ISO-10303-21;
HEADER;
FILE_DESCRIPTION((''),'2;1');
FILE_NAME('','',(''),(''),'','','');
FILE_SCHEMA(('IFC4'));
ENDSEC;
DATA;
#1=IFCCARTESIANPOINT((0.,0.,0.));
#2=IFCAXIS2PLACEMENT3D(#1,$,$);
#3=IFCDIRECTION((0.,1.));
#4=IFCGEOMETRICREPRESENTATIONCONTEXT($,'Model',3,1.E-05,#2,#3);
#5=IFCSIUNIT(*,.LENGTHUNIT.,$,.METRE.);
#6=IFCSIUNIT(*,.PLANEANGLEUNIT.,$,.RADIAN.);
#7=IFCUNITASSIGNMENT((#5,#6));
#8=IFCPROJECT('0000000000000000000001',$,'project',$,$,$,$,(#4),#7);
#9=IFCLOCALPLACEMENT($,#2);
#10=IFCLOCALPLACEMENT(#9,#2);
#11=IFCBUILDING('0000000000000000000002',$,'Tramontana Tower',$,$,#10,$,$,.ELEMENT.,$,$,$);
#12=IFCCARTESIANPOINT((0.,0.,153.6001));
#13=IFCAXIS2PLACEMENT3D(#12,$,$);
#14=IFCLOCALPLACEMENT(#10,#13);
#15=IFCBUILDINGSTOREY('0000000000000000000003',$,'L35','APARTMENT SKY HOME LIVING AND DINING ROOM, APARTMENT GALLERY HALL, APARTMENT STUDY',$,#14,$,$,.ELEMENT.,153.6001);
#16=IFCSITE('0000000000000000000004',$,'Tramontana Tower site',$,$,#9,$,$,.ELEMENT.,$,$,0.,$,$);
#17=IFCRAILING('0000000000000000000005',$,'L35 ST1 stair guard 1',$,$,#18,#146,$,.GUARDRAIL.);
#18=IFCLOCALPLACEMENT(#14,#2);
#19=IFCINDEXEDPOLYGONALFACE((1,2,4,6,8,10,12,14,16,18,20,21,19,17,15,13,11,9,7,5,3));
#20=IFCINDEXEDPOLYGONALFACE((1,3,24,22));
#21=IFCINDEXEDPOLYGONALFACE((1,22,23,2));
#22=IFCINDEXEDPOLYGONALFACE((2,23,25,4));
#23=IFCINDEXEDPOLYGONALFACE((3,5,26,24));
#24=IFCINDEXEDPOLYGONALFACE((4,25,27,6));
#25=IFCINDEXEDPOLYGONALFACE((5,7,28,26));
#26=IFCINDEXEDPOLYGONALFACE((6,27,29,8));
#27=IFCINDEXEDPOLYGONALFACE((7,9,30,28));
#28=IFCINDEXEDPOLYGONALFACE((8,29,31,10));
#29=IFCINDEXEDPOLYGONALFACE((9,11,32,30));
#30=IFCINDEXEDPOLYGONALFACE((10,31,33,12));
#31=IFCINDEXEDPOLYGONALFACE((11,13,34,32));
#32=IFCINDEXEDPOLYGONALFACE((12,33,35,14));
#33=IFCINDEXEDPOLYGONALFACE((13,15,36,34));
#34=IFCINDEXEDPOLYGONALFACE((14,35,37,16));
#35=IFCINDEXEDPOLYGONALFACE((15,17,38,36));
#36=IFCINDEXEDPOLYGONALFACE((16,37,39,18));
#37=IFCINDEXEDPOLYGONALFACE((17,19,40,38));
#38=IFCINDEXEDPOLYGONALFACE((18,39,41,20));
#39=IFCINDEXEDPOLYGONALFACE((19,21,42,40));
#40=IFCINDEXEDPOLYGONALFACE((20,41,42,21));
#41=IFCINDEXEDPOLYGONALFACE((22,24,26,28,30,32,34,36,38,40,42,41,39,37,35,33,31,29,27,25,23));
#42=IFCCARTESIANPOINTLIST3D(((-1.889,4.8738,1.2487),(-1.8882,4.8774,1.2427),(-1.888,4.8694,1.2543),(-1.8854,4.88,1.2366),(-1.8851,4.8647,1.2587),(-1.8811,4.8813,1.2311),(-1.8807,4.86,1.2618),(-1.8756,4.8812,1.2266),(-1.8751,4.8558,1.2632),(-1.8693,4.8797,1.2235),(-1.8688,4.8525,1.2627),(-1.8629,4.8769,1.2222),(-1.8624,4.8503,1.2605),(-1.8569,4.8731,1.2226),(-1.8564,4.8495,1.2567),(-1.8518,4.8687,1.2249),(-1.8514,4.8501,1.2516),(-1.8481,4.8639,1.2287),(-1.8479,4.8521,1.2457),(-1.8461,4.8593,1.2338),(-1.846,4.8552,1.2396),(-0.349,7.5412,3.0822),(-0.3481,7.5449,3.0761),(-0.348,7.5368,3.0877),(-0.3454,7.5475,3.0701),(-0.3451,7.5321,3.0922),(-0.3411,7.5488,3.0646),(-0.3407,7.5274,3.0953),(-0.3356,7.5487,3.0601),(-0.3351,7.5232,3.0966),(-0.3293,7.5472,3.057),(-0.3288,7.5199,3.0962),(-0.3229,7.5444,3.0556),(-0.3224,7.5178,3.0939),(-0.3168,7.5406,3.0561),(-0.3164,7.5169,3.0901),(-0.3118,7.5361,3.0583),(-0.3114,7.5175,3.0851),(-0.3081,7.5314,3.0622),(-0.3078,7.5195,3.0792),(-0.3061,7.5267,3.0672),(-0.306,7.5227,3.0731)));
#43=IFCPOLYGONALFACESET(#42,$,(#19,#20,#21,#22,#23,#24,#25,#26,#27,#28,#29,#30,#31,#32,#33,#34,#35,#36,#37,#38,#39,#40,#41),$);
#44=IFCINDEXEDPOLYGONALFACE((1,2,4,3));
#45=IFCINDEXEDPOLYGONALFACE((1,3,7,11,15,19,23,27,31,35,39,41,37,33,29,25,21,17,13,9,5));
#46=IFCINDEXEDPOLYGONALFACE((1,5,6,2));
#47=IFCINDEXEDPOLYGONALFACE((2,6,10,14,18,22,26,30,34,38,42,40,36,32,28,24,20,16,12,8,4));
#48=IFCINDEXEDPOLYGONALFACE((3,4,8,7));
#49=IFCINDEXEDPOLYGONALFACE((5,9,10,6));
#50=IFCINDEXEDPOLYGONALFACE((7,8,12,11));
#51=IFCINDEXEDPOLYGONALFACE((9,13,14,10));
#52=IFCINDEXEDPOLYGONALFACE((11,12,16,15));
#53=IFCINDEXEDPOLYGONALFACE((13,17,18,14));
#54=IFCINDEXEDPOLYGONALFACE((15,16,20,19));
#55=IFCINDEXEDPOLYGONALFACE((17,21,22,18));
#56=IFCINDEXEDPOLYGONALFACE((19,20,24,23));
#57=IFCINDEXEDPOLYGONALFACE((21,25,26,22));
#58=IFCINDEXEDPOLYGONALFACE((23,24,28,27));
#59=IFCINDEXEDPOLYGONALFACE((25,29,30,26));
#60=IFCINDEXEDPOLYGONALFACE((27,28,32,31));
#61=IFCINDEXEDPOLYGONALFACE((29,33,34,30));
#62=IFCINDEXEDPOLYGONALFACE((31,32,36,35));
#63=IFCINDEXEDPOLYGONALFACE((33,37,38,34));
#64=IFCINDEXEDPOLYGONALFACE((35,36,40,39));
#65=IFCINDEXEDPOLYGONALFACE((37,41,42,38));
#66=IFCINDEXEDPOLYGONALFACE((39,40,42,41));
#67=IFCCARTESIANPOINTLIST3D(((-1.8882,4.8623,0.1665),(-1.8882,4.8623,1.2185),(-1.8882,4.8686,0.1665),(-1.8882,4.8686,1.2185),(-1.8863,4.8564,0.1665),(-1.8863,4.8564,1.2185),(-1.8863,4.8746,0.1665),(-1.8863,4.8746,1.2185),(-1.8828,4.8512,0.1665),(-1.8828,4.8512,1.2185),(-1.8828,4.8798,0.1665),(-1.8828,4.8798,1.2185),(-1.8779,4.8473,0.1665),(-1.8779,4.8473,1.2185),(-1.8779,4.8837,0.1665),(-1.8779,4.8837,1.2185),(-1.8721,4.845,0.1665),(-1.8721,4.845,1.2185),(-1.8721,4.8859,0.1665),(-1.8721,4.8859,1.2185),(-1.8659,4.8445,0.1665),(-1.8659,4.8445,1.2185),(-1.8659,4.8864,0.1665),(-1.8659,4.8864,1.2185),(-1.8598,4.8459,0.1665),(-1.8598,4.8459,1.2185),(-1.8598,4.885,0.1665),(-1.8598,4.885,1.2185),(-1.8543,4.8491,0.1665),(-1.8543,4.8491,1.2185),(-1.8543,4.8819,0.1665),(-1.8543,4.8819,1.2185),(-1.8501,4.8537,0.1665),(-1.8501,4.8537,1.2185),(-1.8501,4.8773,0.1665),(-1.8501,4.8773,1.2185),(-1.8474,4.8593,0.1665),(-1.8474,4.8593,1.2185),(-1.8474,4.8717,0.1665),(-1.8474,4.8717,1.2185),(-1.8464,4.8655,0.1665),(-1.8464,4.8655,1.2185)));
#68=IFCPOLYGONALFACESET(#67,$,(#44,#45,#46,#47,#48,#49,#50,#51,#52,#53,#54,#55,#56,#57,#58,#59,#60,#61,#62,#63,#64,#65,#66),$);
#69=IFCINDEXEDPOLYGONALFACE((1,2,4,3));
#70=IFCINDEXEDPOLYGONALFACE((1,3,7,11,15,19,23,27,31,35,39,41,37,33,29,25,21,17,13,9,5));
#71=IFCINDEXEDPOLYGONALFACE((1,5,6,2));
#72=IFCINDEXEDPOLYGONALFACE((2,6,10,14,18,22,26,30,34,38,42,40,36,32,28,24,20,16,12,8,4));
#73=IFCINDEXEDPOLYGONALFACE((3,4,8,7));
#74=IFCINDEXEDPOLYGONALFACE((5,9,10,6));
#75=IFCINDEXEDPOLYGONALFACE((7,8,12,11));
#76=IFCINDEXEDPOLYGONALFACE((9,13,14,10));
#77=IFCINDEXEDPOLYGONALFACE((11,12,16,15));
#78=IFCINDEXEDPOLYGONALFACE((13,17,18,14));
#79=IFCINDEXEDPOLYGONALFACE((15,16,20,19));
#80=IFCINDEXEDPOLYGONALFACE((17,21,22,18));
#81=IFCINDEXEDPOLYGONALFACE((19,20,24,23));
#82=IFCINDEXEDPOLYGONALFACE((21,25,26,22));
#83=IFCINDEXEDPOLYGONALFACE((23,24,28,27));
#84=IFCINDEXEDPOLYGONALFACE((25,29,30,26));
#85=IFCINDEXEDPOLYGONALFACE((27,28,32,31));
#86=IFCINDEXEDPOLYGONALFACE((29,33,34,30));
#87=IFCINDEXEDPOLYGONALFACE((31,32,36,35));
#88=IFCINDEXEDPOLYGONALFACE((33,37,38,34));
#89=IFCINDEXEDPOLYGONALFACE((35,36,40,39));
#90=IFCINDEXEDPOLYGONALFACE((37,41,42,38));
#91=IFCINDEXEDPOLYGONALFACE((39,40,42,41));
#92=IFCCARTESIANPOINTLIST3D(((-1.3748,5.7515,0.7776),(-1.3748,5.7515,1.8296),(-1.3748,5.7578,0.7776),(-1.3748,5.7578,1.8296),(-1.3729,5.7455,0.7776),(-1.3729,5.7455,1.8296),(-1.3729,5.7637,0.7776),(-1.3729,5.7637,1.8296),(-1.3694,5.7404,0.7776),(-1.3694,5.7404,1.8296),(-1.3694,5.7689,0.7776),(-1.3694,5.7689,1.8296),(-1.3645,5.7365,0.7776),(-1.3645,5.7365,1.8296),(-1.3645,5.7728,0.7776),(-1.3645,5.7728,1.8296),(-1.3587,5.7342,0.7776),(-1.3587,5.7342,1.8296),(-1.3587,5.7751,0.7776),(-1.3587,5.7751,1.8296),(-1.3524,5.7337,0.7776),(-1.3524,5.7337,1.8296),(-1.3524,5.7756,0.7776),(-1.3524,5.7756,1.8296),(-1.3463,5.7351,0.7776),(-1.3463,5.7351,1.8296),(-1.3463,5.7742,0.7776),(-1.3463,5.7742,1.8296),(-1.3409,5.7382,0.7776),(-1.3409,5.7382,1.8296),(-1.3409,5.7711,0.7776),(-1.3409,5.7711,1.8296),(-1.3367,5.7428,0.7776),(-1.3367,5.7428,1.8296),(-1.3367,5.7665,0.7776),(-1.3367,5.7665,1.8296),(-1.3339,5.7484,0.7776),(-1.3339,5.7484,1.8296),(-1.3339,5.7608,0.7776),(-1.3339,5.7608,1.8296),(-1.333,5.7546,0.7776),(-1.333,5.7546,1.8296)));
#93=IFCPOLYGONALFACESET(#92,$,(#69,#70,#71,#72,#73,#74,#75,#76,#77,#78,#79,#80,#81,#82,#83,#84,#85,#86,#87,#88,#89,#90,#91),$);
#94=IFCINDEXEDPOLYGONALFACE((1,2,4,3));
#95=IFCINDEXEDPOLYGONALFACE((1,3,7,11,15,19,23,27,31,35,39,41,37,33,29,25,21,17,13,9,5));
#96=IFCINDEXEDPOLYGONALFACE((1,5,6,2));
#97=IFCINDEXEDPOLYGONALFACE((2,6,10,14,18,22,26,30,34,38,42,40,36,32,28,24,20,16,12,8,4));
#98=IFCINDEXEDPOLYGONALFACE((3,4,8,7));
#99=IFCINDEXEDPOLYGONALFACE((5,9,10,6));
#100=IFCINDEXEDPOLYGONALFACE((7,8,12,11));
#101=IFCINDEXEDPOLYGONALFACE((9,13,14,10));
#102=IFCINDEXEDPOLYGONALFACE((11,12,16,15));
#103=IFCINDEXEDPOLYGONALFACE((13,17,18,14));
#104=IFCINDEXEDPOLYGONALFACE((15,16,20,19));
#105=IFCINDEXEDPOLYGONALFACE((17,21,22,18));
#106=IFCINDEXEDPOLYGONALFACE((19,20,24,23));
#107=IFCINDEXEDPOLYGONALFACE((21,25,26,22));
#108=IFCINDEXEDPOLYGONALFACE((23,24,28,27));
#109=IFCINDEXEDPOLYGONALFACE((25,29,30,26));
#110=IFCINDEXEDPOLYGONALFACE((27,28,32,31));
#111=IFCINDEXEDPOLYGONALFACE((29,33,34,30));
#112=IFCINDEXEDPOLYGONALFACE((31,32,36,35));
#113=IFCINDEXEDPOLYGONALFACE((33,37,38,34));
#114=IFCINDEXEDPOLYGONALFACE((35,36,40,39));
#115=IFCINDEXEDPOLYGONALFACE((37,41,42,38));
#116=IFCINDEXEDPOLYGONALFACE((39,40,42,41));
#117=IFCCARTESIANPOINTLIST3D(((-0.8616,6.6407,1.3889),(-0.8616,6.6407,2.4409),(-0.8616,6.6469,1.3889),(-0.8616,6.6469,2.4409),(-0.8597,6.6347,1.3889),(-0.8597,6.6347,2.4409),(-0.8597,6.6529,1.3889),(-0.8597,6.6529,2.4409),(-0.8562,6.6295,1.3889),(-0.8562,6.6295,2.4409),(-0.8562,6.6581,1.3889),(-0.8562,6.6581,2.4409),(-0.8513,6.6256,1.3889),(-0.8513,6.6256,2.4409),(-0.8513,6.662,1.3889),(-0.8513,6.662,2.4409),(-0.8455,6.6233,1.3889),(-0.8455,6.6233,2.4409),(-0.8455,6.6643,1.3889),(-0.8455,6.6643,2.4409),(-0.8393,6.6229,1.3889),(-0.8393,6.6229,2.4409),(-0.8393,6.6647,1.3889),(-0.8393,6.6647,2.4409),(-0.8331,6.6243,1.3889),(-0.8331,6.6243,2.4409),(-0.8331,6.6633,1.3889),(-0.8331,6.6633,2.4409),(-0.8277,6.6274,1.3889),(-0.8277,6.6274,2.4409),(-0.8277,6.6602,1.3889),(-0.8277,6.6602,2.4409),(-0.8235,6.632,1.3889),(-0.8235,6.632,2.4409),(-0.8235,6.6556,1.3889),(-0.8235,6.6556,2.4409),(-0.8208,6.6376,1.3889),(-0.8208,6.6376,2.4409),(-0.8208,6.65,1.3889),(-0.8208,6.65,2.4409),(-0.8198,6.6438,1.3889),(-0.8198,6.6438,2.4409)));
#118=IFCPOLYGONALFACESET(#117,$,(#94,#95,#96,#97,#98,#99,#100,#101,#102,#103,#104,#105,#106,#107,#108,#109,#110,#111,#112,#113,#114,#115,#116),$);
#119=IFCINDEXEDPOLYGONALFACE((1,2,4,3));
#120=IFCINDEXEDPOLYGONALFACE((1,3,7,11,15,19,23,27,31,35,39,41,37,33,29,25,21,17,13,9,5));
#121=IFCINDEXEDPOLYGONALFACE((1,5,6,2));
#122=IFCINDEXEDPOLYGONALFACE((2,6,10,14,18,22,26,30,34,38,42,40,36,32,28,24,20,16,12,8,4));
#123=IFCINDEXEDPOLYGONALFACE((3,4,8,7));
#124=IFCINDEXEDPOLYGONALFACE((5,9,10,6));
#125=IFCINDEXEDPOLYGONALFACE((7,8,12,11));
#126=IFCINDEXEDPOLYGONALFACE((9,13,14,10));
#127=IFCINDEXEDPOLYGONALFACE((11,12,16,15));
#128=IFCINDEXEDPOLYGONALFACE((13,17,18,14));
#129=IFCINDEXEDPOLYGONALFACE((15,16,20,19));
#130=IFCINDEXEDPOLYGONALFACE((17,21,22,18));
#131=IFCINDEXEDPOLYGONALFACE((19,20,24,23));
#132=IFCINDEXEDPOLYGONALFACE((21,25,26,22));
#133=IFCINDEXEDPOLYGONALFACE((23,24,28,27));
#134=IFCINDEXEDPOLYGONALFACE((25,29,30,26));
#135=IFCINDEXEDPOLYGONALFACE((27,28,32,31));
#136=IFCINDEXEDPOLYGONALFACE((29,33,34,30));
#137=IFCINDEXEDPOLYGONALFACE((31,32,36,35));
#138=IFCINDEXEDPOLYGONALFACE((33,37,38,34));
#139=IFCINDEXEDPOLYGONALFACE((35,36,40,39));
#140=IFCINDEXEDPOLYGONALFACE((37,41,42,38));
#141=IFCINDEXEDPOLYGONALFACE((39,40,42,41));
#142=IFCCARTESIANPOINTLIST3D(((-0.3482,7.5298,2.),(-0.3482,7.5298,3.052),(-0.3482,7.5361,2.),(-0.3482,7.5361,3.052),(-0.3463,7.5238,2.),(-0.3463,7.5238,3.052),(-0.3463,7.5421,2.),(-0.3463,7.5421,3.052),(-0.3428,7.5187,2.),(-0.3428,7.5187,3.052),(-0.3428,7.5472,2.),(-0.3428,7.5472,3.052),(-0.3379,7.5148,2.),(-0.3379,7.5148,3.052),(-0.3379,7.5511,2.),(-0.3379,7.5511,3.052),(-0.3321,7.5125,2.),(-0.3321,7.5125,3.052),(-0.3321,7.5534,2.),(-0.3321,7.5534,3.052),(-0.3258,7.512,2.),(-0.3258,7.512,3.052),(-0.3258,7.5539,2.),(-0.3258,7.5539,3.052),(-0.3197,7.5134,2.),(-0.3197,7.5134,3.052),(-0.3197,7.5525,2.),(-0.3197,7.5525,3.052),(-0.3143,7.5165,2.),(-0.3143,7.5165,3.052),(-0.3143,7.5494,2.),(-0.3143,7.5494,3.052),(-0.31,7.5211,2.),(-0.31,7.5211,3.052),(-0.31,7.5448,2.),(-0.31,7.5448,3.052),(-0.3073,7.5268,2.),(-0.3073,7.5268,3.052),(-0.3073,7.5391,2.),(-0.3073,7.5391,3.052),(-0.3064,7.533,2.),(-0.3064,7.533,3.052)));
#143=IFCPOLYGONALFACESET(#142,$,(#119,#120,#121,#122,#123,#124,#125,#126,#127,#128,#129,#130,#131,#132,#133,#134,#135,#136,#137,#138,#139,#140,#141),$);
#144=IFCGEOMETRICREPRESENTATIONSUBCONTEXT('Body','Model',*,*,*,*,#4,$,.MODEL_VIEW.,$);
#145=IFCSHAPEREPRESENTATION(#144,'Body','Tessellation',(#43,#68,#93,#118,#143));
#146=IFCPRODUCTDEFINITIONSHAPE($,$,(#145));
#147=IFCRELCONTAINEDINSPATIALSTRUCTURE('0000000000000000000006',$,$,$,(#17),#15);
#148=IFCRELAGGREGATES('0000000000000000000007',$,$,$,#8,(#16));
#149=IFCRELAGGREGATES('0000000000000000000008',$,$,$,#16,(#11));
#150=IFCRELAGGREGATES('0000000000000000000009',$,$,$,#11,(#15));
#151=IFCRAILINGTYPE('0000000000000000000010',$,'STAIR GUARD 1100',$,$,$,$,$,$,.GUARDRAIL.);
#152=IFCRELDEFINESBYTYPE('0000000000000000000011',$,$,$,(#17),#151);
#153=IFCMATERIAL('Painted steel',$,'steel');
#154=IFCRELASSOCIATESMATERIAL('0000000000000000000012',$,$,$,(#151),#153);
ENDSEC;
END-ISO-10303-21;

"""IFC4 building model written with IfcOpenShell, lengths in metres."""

from ifc_helpers import new_model, si_unit, direction, frame, origin, origin_2d, place, context, subcontext, project, spatial, circle, extrude, material, type_object, element, save


model = new_model("IFC4")

# Units and contexts
model_context = context("Model", 3, precision=1e-05, world=origin(), true_north=direction((0.0, 1.0)))
body_context = subcontext(model_context, "Body", "Model", "MODEL_VIEW")
ifc_project = project(units=[si_unit("LENGTHUNIT", "METRE"), si_unit("PLANEANGLEUNIT", "RADIAN")], contexts=[model_context])

# Site, building, storey
site_placement = place(None, origin())
site = spatial("IfcSite", under=ifc_project, at=site_placement, Name="Tramontana Tower site", CompositionType="ELEMENT", RefElevation=0.0)
building_placement = place(site_placement, origin())
building = spatial("IfcBuilding", under=site, at=building_placement, Name="Tramontana Tower", CompositionType="ELEMENT")
storey_placement = place(building_placement, frame((0.0, 0.0, 153.6001)))
storey = spatial("IfcBuildingStorey", under=building, at=storey_placement, Name="L35", Description="APARTMENT SKY HOME LIVING AND DINING ROOM, APARTMENT GALLERY HALL, APARTMENT STUDY", CompositionType="ELEMENT", Elevation=153.6001)

# Railing
ifc_material_1 = material(Name="Painted steel", Category="steel")
railing_type_1 = type_object("IfcRailingType", Name="STAIR GUARD 1100", PredefinedType="GUARDRAIL", material=ifc_material_1)
railing_1_placement = place(storey_placement, frame((-1.8674, 4.8655, 0.1665)))
element("IfcRailing", 1, at=railing_1_placement, inside=storey, type_object=railing_type_1, Name="L35 ST1 stair guard 1", PredefinedType="GUARDRAIL", context=body_context, shape_type="SweptSolid", body=[
    extrude(circle(Radius=0.0239, at=origin_2d()), frame((0.0, 0.0, 1.0762), z_axis=(0.429634, 0.744164, 0.511502), x_axis=(-0.86603, 0.499992, 0.0)), (0.0, 0.0, 1.0), 3.5845),
    extrude(circle(Radius=0.021, at=origin_2d()), origin(), (0.0, 0.0, 1.0), 1.052),
    extrude(circle(Radius=0.021, at=origin_2d()), frame((0.5134, 0.8892, 0.6111)), (0.0, 0.0, 1.0), 1.052),
    extrude(circle(Radius=0.021, at=origin_2d()), frame((1.0266, 1.7783, 1.2224)), (0.0, 0.0, 1.0), 1.052),
    extrude(circle(Radius=0.021, at=origin_2d()), frame((1.54, 2.6675, 1.8335)), (0.0, 0.0, 1.0), 1.052),
])

save(model, "model.ifc")
